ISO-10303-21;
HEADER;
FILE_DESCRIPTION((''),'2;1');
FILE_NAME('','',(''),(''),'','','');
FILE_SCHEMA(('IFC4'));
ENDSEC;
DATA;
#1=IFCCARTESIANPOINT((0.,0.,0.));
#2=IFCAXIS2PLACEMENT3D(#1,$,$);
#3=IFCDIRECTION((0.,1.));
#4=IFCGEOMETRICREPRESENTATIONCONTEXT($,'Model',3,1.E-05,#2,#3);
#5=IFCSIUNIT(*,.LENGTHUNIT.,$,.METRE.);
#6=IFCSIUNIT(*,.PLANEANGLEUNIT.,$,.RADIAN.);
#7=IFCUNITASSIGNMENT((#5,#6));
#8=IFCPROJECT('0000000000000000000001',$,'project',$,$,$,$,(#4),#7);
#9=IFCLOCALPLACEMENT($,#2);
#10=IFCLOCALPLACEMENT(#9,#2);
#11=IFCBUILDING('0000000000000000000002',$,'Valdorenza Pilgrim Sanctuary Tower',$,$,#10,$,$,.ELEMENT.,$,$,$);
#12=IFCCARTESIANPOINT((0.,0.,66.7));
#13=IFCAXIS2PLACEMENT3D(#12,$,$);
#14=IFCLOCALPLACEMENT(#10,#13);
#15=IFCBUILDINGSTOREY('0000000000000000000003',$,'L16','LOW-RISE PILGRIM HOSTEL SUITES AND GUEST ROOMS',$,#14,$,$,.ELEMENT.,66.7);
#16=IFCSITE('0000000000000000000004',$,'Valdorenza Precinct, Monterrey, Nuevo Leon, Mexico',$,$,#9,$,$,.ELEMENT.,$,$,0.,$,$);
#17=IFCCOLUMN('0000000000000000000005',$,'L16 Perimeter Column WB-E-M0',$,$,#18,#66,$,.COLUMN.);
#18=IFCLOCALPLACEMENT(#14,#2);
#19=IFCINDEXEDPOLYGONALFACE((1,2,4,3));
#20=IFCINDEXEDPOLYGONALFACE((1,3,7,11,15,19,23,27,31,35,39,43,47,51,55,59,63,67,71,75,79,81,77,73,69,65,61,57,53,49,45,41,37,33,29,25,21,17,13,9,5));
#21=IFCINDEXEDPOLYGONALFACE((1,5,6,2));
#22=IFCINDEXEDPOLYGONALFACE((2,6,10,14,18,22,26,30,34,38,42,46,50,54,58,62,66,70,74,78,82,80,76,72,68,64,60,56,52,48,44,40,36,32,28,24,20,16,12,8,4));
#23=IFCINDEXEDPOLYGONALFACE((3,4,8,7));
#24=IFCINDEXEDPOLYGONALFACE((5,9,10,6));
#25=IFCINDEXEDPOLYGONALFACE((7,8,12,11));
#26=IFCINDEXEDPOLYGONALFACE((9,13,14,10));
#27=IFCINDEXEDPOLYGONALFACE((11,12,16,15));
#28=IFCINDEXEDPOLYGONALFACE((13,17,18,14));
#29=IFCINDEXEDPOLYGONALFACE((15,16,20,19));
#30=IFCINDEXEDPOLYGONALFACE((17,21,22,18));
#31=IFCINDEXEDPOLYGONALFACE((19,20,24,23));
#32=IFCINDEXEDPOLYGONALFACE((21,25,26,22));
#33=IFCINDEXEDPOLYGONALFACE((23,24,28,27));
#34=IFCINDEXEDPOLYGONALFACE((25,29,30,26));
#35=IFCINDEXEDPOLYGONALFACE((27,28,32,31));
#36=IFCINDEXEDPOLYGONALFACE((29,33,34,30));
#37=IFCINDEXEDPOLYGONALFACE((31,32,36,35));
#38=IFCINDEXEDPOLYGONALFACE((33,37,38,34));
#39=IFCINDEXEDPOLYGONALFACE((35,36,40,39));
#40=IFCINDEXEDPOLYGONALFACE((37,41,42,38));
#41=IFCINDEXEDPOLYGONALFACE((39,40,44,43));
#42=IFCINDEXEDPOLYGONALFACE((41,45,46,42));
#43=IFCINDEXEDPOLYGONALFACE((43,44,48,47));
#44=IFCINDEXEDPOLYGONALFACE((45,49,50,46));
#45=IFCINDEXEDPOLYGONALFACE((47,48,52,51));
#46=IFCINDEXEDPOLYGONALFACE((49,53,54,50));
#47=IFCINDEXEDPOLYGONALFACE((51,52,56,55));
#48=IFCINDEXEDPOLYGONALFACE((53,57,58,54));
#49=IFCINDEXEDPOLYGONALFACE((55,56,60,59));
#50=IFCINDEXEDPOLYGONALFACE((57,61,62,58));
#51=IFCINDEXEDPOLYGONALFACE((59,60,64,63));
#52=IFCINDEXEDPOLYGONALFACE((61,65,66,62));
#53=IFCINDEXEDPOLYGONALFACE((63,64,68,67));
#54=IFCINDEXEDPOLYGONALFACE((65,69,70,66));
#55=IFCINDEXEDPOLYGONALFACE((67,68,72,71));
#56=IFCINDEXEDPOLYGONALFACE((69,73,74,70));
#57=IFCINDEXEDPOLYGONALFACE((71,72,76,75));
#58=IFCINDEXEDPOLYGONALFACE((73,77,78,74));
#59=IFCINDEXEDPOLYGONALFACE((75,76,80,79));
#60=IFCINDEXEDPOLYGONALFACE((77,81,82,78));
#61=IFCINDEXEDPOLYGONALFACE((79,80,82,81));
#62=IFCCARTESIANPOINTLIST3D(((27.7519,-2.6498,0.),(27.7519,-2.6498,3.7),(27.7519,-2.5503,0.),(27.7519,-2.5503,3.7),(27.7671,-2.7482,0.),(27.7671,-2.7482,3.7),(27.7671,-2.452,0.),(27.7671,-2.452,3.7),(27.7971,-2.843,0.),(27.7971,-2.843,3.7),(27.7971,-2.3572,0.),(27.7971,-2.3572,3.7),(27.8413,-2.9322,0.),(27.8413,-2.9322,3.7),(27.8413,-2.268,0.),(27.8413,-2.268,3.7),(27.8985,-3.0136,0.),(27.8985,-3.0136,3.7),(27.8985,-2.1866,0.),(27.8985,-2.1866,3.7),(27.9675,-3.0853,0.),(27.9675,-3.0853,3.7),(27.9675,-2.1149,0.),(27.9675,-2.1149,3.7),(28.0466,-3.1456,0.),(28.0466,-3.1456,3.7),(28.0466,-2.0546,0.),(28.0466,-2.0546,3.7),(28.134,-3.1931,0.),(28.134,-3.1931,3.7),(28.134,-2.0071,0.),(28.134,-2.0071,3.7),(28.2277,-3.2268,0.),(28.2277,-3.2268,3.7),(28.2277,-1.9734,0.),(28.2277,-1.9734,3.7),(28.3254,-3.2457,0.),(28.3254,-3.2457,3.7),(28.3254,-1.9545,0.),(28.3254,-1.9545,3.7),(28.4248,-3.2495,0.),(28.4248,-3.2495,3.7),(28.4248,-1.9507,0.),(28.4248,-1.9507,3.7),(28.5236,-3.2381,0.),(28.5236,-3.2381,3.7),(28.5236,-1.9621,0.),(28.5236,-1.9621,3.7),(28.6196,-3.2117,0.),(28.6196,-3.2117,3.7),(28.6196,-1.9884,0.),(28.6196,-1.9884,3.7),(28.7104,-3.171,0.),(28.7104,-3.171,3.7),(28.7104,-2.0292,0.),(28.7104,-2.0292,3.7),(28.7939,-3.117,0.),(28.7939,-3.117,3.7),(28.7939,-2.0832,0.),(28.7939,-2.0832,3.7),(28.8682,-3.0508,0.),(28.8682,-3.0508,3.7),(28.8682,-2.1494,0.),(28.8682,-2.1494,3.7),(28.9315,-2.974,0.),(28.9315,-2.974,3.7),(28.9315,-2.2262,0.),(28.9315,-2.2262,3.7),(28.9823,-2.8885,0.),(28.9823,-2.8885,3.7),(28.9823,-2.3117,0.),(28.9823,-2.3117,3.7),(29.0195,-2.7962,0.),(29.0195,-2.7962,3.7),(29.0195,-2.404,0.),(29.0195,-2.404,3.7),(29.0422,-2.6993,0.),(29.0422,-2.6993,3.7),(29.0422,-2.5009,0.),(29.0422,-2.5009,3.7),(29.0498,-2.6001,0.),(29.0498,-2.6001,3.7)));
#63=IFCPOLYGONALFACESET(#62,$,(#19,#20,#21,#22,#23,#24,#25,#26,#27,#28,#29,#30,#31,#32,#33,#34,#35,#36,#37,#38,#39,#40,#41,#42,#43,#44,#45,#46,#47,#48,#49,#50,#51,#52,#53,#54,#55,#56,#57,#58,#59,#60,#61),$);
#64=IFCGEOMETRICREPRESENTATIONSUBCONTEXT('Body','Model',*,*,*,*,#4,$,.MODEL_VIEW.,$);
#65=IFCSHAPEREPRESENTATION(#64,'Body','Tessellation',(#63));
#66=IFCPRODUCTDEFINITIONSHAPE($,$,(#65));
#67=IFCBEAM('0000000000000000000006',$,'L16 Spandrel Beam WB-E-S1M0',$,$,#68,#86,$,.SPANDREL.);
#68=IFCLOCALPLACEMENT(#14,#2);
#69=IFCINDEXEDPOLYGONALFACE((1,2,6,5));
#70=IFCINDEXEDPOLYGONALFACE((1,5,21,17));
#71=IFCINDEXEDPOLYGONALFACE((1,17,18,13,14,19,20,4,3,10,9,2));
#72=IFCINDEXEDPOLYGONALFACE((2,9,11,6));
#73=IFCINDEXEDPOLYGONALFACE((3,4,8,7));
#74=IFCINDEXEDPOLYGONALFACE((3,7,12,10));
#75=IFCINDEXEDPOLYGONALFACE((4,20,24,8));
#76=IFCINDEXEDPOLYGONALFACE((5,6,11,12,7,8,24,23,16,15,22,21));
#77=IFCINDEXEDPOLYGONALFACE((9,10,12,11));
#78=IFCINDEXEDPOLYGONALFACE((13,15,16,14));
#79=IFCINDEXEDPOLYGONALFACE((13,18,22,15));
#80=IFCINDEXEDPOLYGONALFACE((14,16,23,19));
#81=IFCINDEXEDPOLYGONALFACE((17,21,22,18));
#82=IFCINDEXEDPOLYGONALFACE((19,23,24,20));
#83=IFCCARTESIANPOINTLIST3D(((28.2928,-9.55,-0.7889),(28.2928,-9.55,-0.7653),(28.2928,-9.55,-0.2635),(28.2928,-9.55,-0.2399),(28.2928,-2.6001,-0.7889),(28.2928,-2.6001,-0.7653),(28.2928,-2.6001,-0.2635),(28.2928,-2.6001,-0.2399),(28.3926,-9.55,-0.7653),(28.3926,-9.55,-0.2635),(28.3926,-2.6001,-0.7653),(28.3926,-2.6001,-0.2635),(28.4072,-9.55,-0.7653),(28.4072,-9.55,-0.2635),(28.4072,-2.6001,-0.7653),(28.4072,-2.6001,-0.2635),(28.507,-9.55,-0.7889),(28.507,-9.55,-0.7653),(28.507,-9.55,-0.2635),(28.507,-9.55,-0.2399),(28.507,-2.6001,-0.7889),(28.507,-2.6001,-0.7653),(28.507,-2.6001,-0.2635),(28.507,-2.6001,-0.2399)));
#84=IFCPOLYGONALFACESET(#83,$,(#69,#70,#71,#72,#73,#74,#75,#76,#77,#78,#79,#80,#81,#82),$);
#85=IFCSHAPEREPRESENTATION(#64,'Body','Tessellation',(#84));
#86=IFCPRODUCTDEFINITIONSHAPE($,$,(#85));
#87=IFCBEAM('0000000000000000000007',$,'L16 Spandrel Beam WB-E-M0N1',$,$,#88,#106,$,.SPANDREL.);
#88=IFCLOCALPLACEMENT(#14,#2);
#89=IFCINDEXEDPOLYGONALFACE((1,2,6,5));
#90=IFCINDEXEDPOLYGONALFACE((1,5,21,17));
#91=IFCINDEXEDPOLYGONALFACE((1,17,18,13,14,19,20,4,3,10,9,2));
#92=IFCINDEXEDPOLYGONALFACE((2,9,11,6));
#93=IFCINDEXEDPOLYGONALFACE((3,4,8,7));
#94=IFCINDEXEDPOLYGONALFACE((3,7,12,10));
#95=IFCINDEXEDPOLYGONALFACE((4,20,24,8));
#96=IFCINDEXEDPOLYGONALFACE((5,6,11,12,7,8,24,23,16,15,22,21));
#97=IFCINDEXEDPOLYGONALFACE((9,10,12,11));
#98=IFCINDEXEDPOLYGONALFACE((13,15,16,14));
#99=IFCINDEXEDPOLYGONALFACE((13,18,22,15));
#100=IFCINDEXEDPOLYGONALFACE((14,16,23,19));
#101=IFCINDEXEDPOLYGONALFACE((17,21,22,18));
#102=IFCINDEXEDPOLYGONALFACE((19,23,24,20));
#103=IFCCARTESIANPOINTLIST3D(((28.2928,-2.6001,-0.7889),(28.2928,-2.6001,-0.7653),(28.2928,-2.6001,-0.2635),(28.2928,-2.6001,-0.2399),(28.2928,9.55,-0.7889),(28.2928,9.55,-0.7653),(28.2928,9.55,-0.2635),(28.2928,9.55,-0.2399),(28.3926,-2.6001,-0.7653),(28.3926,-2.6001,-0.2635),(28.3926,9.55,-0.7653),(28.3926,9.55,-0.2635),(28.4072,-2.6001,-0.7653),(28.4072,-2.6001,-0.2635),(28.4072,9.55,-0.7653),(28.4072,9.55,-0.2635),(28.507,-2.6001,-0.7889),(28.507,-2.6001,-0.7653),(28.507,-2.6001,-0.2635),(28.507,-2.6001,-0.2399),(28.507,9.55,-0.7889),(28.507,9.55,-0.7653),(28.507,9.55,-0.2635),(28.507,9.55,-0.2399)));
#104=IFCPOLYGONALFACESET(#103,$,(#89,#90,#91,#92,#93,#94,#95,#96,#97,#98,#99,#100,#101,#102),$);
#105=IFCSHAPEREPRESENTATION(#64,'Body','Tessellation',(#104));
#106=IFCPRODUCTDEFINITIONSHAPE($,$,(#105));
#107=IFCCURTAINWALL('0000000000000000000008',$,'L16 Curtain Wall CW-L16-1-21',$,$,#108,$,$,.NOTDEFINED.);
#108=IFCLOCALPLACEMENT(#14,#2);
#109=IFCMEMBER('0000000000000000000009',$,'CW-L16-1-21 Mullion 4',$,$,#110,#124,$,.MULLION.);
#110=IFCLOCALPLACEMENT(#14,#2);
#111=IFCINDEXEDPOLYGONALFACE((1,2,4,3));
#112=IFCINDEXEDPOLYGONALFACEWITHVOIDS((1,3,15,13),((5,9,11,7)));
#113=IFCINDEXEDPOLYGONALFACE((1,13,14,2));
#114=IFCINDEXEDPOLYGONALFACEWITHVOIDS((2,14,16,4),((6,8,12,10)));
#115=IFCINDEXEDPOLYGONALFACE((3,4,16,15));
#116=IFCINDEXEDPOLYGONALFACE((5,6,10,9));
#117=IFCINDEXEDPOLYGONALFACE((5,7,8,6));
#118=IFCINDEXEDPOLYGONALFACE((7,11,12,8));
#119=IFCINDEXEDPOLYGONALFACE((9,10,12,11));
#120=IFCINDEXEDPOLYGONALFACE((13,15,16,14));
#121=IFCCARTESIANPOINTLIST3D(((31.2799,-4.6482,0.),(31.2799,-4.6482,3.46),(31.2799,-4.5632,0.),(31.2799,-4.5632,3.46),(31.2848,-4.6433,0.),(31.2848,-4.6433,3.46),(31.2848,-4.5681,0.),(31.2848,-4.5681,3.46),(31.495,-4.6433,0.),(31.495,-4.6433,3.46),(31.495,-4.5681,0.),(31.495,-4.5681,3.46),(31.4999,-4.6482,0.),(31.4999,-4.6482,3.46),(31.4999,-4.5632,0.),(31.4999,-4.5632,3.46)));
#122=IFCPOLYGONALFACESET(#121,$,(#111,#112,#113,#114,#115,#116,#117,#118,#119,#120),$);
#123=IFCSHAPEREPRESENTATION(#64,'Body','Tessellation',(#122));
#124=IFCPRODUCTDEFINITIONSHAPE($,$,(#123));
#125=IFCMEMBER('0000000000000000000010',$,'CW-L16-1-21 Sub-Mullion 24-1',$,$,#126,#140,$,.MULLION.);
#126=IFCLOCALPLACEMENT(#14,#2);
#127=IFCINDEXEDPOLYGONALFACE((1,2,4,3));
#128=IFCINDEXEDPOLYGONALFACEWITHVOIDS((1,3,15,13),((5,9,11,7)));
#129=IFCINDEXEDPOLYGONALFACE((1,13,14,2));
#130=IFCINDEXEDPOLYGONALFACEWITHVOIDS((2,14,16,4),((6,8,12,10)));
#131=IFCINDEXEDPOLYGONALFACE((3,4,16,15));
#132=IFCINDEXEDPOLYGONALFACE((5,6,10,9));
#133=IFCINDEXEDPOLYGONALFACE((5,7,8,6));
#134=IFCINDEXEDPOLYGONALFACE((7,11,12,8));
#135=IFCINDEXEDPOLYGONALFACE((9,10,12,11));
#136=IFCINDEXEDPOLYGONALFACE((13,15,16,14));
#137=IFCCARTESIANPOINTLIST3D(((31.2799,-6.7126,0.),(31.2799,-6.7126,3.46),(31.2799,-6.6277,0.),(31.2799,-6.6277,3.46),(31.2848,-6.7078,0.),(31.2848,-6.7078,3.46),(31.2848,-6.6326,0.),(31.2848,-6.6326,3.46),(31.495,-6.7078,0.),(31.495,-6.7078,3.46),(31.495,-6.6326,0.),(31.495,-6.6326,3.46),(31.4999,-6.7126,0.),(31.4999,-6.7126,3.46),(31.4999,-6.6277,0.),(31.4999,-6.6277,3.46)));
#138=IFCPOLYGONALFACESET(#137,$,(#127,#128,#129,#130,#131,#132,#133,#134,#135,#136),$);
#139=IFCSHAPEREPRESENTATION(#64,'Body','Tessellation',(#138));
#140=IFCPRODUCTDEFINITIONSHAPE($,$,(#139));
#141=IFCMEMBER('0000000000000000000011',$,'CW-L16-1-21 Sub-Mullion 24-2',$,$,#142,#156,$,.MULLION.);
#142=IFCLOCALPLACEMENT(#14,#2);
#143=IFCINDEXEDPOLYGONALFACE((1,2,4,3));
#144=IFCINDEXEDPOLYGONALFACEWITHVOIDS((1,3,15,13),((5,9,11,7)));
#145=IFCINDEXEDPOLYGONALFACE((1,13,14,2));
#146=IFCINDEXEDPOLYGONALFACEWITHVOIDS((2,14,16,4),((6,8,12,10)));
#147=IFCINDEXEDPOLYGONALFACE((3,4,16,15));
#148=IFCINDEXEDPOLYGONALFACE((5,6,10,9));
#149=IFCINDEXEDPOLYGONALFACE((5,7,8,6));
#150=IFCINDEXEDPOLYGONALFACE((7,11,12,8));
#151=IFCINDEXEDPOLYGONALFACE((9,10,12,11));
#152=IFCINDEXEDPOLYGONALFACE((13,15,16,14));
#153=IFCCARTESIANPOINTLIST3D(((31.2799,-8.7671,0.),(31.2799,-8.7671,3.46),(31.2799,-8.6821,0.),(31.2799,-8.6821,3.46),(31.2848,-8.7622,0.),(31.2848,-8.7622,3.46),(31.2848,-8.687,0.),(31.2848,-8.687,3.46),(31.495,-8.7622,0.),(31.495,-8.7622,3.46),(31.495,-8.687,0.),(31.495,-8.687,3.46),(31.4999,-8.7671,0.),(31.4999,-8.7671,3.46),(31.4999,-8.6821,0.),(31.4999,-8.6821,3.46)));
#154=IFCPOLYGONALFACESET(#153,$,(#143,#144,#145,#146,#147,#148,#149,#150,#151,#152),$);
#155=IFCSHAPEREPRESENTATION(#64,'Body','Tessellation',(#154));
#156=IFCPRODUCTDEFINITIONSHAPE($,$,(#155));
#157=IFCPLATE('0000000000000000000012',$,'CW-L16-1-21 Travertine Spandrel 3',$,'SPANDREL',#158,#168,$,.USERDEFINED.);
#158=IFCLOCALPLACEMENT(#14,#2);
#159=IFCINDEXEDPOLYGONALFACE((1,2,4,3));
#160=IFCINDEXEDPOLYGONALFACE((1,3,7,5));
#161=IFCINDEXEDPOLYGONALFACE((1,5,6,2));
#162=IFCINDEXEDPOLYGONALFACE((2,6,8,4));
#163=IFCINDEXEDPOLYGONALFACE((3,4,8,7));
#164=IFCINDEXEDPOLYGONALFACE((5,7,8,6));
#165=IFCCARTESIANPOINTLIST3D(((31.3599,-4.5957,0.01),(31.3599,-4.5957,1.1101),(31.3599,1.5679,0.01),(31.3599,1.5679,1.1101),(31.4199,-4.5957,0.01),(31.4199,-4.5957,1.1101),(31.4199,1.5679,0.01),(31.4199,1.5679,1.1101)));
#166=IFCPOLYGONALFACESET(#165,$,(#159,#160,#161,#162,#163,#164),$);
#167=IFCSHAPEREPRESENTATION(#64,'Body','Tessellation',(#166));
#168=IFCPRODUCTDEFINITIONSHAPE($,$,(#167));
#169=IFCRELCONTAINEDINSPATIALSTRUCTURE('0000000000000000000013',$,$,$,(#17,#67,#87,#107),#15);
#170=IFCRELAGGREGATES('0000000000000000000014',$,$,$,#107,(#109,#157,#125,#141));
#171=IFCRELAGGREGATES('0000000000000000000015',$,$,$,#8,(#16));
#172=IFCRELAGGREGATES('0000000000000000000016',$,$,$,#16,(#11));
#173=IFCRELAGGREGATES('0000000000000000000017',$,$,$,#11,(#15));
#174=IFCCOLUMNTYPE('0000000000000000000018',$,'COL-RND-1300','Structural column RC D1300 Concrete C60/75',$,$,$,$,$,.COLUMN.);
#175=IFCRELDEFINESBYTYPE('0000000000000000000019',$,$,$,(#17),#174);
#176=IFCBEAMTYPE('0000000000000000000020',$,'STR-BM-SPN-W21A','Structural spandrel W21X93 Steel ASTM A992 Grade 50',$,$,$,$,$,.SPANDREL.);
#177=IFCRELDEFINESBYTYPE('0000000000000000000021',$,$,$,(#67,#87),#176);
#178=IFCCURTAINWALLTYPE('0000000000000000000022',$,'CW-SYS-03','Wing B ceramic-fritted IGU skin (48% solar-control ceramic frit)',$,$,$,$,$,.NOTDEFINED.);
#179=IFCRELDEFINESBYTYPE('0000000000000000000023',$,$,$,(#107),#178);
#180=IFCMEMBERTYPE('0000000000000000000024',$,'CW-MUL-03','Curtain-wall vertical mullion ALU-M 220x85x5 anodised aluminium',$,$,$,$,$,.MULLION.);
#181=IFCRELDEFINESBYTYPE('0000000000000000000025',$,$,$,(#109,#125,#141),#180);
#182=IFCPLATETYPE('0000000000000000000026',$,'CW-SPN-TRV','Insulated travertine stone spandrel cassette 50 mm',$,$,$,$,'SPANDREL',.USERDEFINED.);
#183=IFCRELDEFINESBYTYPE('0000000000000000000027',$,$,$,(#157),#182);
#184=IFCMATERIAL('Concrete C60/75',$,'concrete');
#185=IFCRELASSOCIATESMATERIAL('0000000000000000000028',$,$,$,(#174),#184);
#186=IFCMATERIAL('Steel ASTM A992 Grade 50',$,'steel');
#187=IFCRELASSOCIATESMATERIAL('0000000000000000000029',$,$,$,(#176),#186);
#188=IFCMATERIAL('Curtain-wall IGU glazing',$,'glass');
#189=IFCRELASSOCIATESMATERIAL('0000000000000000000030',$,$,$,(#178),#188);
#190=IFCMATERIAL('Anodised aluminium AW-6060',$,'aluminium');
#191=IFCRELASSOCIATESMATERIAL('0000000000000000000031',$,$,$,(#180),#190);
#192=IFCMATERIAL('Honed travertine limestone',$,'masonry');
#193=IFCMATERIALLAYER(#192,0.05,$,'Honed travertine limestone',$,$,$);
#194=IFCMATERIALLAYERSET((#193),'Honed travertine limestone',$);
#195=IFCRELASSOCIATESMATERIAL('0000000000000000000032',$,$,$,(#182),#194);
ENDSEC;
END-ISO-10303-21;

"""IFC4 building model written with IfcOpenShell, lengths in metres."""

from ifc_helpers import new_model, si_unit, direction, frame, origin, origin_2d, place, context, subcontext, project, spatial, rectangle, hollow_rectangle, circle, i_section, extrude, source, transform, mapped, material, layer, layer_set, material_profile, profile_set, type_object, element, aggregate, save


model = new_model("IFC4")

# Units and contexts
model_context = context("Model", 3, precision=1e-05, world=origin(), true_north=direction((0.0, 1.0)))
body_context = subcontext(model_context, "Body", "Model", "MODEL_VIEW")
ifc_project = project(units=[si_unit("LENGTHUNIT", "METRE"), si_unit("PLANEANGLEUNIT", "RADIAN")], contexts=[model_context])

# Site, building, storey
site_placement = place(None, origin())
site = spatial("IfcSite", under=ifc_project, at=site_placement, Name="Valdorenza Precinct, Monterrey, Nuevo Leon, Mexico", CompositionType="ELEMENT", RefElevation=0.0)
building_placement = place(site_placement, origin())
building = spatial("IfcBuilding", under=site, at=building_placement, Name="Valdorenza Pilgrim Sanctuary Tower", CompositionType="ELEMENT")
storey_placement = place(building_placement, frame((0.0, 0.0, 66.7)))
storey = spatial("IfcBuildingStorey", under=building, at=storey_placement, Name="L16", Description="LOW-RISE PILGRIM HOSTEL SUITES AND GUEST ROOMS", CompositionType="ELEMENT", Elevation=66.7)

# Column
ifc_material_1 = material(Name="Concrete C60/75", Category="concrete")
ifc_material_profile_1 = material_profile(ifc_material_1, circle(Radius=0.6499, at=origin_2d()), Name="RC D1300")
ifc_profile_set_1 = profile_set([ifc_material_profile_1], Name="Concrete C60/75")
column_type = type_object("IfcColumnType", Name="COL-RND-1300", Description="Structural column RC D1300 Concrete C60/75", PredefinedType="COLUMN", material=ifc_profile_set_1)
shared_shape_1 = source(origin(), body_context, "Body", "SweptSolid", [
    extrude(circle(Radius=0.6499, at=origin_2d()), origin(), (0.0, 0.0, 1.0), 3.7),
])
column_placement = place(storey_placement, frame((28.3999, -2.6001, 0.0), z_axis=(0.0, 0.0, 1.0), x_axis=(1.0, 0.0, 0.0)))
element("IfcColumn", 1, at=column_placement, inside=storey, type_object=column_type, Name="L16 Perimeter Column WB-E-M0", PredefinedType="COLUMN", context=body_context, shape_type="MappedRepresentation", body=[
    mapped(shared_shape_1, transform((0.0, 0.0, 0.0), x_axis=(1.0, 0.0, 0.0), y_axis=(0.0, 1.0, 0.0), z_axis=(0.0, 0.0, 1.0), scale=1.0)),
])

# Beams
ifc_material_2 = material(Name="Steel ASTM A992 Grade 50", Category="steel")
ifc_material_profile_2 = material_profile(ifc_material_2, i_section(OverallWidth=0.2141, OverallDepth=0.5491, WebThickness=0.0146, FlangeThickness=0.0237, at=origin_2d()), Name="W21X93")
ifc_profile_set_2 = profile_set([ifc_material_profile_2], Name="Steel ASTM A992 Grade 50")
beam_type = type_object("IfcBeamType", Name="STR-BM-SPN-W21A", Description="Structural spandrel W21X93 Steel ASTM A992 Grade 50", PredefinedType="SPANDREL", material=ifc_profile_set_2)
shared_shape_2 = source(origin(), body_context, "Body", "SweptSolid", [
    extrude(i_section(OverallWidth=0.2141, OverallDepth=0.5491, WebThickness=0.0146, FlangeThickness=0.0237, at=origin_2d()), origin(), (0.0, 0.0, 1.0), 6.95),
])
beam_1_placement = place(storey_placement, frame((28.3999, -9.55, -0.5144), z_axis=(0.0, 1.0, 0.0), x_axis=(-1.0, 0.0, 0.0)))
element("IfcBeam", 2, at=beam_1_placement, inside=storey, type_object=beam_type, Name="L16 Spandrel Beam WB-E-S1M0", PredefinedType="SPANDREL", context=body_context, shape_type="MappedRepresentation", body=[
    mapped(shared_shape_2, transform((0.0, 0.0, 0.0), x_axis=(1.0, 0.0, 0.0), y_axis=(0.0, 1.0, 0.0), z_axis=(0.0, 0.0, 1.0), scale=1.0)),
])
shared_shape_3 = source(origin(), body_context, "Body", "SweptSolid", [
    extrude(i_section(OverallWidth=0.2141, OverallDepth=0.5491, WebThickness=0.0146, FlangeThickness=0.0237, at=origin_2d()), origin(), (0.0, 0.0, 1.0), 12.1501),
])
beam_2_placement = place(storey_placement, frame((28.3999, -2.6001, -0.5144), z_axis=(0.0, 1.0, 0.0), x_axis=(-1.0, 0.0, 0.0)))
element("IfcBeam", 3, at=beam_2_placement, inside=storey, type_object=beam_type, Name="L16 Spandrel Beam WB-E-M0N1", PredefinedType="SPANDREL", context=body_context, shape_type="MappedRepresentation", body=[
    mapped(shared_shape_3, transform((0.0, 0.0, 0.0), x_axis=(1.0, 0.0, 0.0), y_axis=(0.0, 1.0, 0.0), z_axis=(0.0, 0.0, 1.0), scale=1.0)),
])

# Curtain wall, members, plate
ifc_material_3 = material(Name="Curtain-wall IGU glazing", Category="glass")
curtain_wall_type = type_object("IfcCurtainWallType", Name="CW-SYS-03", Description="Wing B ceramic-fritted IGU skin (48% solar-control ceramic frit)", PredefinedType="NOTDEFINED", material=ifc_material_3)
curtain_wall_placement = place(storey_placement, origin())
curtain_wall = element("IfcCurtainWall", 4, at=curtain_wall_placement, inside=storey, type_object=curtain_wall_type, Name="L16 Curtain Wall CW-L16-1-21", PredefinedType="NOTDEFINED")
ifc_material_4 = material(Name="Anodised aluminium AW-6060", Category="aluminium")
ifc_material_profile_3 = material_profile(ifc_material_4, hollow_rectangle(XDim=0.085, YDim=0.22, WallThickness=0.0049, at=origin_2d()), Name="ALU-M 220x85x5")
ifc_profile_set_3 = profile_set([ifc_material_profile_3], Name="Anodised aluminium AW-6060")
member_type = type_object("IfcMemberType", Name="CW-MUL-03", Description="Curtain-wall vertical mullion ALU-M 220x85x5 anodised aluminium", PredefinedType="MULLION", material=ifc_profile_set_3)
shared_shape_4 = source(origin(), body_context, "Body", "SweptSolid", [
    extrude(hollow_rectangle(XDim=0.085, YDim=0.22, WallThickness=0.0049, at=origin_2d()), origin(), (0.0, 0.0, 1.0), 3.46),
])
member_1_placement = place(storey_placement, frame((31.3899, -4.6057, 0.0), z_axis=(0.0, 0.0, 1.0), x_axis=(0.0, -1.0, 0.0)))
member_1 = element("IfcMember", 5, at=member_1_placement, type_object=member_type, Name="CW-L16-1-21 Mullion 4", PredefinedType="MULLION", context=body_context, shape_type="MappedRepresentation", body=[
    mapped(shared_shape_4, transform((0.0, 0.0, 0.0), x_axis=(1.0, 0.0, 0.0), y_axis=(0.0, 1.0, 0.0), z_axis=(0.0, 0.0, 1.0), scale=1.0)),
])
member_2_placement = place(storey_placement, frame((31.3899, -6.6702, 0.0), z_axis=(0.0, 0.0, 1.0), x_axis=(0.0, -1.0, 0.0)))
member_2 = element("IfcMember", 6, at=member_2_placement, type_object=member_type, Name="CW-L16-1-21 Sub-Mullion 24-1", PredefinedType="MULLION", context=body_context, shape_type="MappedRepresentation", body=[
    mapped(shared_shape_4, transform((0.0, 0.0, 0.0), x_axis=(1.0, 0.0, 0.0), y_axis=(0.0, 1.0, 0.0), z_axis=(0.0, 0.0, 1.0), scale=1.0)),
])
member_3_placement = place(storey_placement, frame((31.3899, -8.7246, 0.0), z_axis=(0.0, 0.0, 1.0), x_axis=(0.0, -1.0, 0.0)))
member_3 = element("IfcMember", 7, at=member_3_placement, type_object=member_type, Name="CW-L16-1-21 Sub-Mullion 24-2", PredefinedType="MULLION", context=body_context, shape_type="MappedRepresentation", body=[
    mapped(shared_shape_4, transform((0.0, 0.0, 0.0), x_axis=(1.0, 0.0, 0.0), y_axis=(0.0, 1.0, 0.0), z_axis=(0.0, 0.0, 1.0), scale=1.0)),
])
ifc_material_5 = material(Name="Honed travertine limestone", Category="masonry")
ifc_layer_1 = layer(ifc_material_5, 0.05, Name="Honed travertine limestone")
ifc_layer_set_1 = layer_set([ifc_layer_1], Name="Honed travertine limestone")
plate_type_1 = type_object("IfcPlateType", Name="CW-SPN-TRV", Description="Insulated travertine stone spandrel cassette 50 mm", ElementType="SPANDREL", PredefinedType="USERDEFINED", material=ifc_layer_set_1)
shared_shape_5 = source(origin(), body_context, "Body", "SweptSolid", [
    extrude(rectangle(XDim=6.1636, YDim=0.0601, at=origin_2d()), origin(), (0.0, 0.0, 1.0), 1.1001),
])
plate_1_placement = place(storey_placement, frame((31.3899, -1.5139, 0.01), z_axis=(0.0, 0.0, 1.0), x_axis=(0.0, -1.0, 0.0)))
plate_1 = element("IfcPlate", 8, at=plate_1_placement, type_object=plate_type_1, Name="CW-L16-1-21 Travertine Spandrel 3", ObjectType="SPANDREL", PredefinedType="USERDEFINED", context=body_context, shape_type="MappedRepresentation", body=[
    mapped(shared_shape_5, transform((0.0, 0.0, 0.0), x_axis=(1.0, 0.0, 0.0), y_axis=(0.0, 1.0, 0.0), z_axis=(0.0, 0.0, 1.0), scale=1.0)),
])
aggregate(curtain_wall, [member_1, plate_1, member_2, member_3])

save(model, "model.ifc")
